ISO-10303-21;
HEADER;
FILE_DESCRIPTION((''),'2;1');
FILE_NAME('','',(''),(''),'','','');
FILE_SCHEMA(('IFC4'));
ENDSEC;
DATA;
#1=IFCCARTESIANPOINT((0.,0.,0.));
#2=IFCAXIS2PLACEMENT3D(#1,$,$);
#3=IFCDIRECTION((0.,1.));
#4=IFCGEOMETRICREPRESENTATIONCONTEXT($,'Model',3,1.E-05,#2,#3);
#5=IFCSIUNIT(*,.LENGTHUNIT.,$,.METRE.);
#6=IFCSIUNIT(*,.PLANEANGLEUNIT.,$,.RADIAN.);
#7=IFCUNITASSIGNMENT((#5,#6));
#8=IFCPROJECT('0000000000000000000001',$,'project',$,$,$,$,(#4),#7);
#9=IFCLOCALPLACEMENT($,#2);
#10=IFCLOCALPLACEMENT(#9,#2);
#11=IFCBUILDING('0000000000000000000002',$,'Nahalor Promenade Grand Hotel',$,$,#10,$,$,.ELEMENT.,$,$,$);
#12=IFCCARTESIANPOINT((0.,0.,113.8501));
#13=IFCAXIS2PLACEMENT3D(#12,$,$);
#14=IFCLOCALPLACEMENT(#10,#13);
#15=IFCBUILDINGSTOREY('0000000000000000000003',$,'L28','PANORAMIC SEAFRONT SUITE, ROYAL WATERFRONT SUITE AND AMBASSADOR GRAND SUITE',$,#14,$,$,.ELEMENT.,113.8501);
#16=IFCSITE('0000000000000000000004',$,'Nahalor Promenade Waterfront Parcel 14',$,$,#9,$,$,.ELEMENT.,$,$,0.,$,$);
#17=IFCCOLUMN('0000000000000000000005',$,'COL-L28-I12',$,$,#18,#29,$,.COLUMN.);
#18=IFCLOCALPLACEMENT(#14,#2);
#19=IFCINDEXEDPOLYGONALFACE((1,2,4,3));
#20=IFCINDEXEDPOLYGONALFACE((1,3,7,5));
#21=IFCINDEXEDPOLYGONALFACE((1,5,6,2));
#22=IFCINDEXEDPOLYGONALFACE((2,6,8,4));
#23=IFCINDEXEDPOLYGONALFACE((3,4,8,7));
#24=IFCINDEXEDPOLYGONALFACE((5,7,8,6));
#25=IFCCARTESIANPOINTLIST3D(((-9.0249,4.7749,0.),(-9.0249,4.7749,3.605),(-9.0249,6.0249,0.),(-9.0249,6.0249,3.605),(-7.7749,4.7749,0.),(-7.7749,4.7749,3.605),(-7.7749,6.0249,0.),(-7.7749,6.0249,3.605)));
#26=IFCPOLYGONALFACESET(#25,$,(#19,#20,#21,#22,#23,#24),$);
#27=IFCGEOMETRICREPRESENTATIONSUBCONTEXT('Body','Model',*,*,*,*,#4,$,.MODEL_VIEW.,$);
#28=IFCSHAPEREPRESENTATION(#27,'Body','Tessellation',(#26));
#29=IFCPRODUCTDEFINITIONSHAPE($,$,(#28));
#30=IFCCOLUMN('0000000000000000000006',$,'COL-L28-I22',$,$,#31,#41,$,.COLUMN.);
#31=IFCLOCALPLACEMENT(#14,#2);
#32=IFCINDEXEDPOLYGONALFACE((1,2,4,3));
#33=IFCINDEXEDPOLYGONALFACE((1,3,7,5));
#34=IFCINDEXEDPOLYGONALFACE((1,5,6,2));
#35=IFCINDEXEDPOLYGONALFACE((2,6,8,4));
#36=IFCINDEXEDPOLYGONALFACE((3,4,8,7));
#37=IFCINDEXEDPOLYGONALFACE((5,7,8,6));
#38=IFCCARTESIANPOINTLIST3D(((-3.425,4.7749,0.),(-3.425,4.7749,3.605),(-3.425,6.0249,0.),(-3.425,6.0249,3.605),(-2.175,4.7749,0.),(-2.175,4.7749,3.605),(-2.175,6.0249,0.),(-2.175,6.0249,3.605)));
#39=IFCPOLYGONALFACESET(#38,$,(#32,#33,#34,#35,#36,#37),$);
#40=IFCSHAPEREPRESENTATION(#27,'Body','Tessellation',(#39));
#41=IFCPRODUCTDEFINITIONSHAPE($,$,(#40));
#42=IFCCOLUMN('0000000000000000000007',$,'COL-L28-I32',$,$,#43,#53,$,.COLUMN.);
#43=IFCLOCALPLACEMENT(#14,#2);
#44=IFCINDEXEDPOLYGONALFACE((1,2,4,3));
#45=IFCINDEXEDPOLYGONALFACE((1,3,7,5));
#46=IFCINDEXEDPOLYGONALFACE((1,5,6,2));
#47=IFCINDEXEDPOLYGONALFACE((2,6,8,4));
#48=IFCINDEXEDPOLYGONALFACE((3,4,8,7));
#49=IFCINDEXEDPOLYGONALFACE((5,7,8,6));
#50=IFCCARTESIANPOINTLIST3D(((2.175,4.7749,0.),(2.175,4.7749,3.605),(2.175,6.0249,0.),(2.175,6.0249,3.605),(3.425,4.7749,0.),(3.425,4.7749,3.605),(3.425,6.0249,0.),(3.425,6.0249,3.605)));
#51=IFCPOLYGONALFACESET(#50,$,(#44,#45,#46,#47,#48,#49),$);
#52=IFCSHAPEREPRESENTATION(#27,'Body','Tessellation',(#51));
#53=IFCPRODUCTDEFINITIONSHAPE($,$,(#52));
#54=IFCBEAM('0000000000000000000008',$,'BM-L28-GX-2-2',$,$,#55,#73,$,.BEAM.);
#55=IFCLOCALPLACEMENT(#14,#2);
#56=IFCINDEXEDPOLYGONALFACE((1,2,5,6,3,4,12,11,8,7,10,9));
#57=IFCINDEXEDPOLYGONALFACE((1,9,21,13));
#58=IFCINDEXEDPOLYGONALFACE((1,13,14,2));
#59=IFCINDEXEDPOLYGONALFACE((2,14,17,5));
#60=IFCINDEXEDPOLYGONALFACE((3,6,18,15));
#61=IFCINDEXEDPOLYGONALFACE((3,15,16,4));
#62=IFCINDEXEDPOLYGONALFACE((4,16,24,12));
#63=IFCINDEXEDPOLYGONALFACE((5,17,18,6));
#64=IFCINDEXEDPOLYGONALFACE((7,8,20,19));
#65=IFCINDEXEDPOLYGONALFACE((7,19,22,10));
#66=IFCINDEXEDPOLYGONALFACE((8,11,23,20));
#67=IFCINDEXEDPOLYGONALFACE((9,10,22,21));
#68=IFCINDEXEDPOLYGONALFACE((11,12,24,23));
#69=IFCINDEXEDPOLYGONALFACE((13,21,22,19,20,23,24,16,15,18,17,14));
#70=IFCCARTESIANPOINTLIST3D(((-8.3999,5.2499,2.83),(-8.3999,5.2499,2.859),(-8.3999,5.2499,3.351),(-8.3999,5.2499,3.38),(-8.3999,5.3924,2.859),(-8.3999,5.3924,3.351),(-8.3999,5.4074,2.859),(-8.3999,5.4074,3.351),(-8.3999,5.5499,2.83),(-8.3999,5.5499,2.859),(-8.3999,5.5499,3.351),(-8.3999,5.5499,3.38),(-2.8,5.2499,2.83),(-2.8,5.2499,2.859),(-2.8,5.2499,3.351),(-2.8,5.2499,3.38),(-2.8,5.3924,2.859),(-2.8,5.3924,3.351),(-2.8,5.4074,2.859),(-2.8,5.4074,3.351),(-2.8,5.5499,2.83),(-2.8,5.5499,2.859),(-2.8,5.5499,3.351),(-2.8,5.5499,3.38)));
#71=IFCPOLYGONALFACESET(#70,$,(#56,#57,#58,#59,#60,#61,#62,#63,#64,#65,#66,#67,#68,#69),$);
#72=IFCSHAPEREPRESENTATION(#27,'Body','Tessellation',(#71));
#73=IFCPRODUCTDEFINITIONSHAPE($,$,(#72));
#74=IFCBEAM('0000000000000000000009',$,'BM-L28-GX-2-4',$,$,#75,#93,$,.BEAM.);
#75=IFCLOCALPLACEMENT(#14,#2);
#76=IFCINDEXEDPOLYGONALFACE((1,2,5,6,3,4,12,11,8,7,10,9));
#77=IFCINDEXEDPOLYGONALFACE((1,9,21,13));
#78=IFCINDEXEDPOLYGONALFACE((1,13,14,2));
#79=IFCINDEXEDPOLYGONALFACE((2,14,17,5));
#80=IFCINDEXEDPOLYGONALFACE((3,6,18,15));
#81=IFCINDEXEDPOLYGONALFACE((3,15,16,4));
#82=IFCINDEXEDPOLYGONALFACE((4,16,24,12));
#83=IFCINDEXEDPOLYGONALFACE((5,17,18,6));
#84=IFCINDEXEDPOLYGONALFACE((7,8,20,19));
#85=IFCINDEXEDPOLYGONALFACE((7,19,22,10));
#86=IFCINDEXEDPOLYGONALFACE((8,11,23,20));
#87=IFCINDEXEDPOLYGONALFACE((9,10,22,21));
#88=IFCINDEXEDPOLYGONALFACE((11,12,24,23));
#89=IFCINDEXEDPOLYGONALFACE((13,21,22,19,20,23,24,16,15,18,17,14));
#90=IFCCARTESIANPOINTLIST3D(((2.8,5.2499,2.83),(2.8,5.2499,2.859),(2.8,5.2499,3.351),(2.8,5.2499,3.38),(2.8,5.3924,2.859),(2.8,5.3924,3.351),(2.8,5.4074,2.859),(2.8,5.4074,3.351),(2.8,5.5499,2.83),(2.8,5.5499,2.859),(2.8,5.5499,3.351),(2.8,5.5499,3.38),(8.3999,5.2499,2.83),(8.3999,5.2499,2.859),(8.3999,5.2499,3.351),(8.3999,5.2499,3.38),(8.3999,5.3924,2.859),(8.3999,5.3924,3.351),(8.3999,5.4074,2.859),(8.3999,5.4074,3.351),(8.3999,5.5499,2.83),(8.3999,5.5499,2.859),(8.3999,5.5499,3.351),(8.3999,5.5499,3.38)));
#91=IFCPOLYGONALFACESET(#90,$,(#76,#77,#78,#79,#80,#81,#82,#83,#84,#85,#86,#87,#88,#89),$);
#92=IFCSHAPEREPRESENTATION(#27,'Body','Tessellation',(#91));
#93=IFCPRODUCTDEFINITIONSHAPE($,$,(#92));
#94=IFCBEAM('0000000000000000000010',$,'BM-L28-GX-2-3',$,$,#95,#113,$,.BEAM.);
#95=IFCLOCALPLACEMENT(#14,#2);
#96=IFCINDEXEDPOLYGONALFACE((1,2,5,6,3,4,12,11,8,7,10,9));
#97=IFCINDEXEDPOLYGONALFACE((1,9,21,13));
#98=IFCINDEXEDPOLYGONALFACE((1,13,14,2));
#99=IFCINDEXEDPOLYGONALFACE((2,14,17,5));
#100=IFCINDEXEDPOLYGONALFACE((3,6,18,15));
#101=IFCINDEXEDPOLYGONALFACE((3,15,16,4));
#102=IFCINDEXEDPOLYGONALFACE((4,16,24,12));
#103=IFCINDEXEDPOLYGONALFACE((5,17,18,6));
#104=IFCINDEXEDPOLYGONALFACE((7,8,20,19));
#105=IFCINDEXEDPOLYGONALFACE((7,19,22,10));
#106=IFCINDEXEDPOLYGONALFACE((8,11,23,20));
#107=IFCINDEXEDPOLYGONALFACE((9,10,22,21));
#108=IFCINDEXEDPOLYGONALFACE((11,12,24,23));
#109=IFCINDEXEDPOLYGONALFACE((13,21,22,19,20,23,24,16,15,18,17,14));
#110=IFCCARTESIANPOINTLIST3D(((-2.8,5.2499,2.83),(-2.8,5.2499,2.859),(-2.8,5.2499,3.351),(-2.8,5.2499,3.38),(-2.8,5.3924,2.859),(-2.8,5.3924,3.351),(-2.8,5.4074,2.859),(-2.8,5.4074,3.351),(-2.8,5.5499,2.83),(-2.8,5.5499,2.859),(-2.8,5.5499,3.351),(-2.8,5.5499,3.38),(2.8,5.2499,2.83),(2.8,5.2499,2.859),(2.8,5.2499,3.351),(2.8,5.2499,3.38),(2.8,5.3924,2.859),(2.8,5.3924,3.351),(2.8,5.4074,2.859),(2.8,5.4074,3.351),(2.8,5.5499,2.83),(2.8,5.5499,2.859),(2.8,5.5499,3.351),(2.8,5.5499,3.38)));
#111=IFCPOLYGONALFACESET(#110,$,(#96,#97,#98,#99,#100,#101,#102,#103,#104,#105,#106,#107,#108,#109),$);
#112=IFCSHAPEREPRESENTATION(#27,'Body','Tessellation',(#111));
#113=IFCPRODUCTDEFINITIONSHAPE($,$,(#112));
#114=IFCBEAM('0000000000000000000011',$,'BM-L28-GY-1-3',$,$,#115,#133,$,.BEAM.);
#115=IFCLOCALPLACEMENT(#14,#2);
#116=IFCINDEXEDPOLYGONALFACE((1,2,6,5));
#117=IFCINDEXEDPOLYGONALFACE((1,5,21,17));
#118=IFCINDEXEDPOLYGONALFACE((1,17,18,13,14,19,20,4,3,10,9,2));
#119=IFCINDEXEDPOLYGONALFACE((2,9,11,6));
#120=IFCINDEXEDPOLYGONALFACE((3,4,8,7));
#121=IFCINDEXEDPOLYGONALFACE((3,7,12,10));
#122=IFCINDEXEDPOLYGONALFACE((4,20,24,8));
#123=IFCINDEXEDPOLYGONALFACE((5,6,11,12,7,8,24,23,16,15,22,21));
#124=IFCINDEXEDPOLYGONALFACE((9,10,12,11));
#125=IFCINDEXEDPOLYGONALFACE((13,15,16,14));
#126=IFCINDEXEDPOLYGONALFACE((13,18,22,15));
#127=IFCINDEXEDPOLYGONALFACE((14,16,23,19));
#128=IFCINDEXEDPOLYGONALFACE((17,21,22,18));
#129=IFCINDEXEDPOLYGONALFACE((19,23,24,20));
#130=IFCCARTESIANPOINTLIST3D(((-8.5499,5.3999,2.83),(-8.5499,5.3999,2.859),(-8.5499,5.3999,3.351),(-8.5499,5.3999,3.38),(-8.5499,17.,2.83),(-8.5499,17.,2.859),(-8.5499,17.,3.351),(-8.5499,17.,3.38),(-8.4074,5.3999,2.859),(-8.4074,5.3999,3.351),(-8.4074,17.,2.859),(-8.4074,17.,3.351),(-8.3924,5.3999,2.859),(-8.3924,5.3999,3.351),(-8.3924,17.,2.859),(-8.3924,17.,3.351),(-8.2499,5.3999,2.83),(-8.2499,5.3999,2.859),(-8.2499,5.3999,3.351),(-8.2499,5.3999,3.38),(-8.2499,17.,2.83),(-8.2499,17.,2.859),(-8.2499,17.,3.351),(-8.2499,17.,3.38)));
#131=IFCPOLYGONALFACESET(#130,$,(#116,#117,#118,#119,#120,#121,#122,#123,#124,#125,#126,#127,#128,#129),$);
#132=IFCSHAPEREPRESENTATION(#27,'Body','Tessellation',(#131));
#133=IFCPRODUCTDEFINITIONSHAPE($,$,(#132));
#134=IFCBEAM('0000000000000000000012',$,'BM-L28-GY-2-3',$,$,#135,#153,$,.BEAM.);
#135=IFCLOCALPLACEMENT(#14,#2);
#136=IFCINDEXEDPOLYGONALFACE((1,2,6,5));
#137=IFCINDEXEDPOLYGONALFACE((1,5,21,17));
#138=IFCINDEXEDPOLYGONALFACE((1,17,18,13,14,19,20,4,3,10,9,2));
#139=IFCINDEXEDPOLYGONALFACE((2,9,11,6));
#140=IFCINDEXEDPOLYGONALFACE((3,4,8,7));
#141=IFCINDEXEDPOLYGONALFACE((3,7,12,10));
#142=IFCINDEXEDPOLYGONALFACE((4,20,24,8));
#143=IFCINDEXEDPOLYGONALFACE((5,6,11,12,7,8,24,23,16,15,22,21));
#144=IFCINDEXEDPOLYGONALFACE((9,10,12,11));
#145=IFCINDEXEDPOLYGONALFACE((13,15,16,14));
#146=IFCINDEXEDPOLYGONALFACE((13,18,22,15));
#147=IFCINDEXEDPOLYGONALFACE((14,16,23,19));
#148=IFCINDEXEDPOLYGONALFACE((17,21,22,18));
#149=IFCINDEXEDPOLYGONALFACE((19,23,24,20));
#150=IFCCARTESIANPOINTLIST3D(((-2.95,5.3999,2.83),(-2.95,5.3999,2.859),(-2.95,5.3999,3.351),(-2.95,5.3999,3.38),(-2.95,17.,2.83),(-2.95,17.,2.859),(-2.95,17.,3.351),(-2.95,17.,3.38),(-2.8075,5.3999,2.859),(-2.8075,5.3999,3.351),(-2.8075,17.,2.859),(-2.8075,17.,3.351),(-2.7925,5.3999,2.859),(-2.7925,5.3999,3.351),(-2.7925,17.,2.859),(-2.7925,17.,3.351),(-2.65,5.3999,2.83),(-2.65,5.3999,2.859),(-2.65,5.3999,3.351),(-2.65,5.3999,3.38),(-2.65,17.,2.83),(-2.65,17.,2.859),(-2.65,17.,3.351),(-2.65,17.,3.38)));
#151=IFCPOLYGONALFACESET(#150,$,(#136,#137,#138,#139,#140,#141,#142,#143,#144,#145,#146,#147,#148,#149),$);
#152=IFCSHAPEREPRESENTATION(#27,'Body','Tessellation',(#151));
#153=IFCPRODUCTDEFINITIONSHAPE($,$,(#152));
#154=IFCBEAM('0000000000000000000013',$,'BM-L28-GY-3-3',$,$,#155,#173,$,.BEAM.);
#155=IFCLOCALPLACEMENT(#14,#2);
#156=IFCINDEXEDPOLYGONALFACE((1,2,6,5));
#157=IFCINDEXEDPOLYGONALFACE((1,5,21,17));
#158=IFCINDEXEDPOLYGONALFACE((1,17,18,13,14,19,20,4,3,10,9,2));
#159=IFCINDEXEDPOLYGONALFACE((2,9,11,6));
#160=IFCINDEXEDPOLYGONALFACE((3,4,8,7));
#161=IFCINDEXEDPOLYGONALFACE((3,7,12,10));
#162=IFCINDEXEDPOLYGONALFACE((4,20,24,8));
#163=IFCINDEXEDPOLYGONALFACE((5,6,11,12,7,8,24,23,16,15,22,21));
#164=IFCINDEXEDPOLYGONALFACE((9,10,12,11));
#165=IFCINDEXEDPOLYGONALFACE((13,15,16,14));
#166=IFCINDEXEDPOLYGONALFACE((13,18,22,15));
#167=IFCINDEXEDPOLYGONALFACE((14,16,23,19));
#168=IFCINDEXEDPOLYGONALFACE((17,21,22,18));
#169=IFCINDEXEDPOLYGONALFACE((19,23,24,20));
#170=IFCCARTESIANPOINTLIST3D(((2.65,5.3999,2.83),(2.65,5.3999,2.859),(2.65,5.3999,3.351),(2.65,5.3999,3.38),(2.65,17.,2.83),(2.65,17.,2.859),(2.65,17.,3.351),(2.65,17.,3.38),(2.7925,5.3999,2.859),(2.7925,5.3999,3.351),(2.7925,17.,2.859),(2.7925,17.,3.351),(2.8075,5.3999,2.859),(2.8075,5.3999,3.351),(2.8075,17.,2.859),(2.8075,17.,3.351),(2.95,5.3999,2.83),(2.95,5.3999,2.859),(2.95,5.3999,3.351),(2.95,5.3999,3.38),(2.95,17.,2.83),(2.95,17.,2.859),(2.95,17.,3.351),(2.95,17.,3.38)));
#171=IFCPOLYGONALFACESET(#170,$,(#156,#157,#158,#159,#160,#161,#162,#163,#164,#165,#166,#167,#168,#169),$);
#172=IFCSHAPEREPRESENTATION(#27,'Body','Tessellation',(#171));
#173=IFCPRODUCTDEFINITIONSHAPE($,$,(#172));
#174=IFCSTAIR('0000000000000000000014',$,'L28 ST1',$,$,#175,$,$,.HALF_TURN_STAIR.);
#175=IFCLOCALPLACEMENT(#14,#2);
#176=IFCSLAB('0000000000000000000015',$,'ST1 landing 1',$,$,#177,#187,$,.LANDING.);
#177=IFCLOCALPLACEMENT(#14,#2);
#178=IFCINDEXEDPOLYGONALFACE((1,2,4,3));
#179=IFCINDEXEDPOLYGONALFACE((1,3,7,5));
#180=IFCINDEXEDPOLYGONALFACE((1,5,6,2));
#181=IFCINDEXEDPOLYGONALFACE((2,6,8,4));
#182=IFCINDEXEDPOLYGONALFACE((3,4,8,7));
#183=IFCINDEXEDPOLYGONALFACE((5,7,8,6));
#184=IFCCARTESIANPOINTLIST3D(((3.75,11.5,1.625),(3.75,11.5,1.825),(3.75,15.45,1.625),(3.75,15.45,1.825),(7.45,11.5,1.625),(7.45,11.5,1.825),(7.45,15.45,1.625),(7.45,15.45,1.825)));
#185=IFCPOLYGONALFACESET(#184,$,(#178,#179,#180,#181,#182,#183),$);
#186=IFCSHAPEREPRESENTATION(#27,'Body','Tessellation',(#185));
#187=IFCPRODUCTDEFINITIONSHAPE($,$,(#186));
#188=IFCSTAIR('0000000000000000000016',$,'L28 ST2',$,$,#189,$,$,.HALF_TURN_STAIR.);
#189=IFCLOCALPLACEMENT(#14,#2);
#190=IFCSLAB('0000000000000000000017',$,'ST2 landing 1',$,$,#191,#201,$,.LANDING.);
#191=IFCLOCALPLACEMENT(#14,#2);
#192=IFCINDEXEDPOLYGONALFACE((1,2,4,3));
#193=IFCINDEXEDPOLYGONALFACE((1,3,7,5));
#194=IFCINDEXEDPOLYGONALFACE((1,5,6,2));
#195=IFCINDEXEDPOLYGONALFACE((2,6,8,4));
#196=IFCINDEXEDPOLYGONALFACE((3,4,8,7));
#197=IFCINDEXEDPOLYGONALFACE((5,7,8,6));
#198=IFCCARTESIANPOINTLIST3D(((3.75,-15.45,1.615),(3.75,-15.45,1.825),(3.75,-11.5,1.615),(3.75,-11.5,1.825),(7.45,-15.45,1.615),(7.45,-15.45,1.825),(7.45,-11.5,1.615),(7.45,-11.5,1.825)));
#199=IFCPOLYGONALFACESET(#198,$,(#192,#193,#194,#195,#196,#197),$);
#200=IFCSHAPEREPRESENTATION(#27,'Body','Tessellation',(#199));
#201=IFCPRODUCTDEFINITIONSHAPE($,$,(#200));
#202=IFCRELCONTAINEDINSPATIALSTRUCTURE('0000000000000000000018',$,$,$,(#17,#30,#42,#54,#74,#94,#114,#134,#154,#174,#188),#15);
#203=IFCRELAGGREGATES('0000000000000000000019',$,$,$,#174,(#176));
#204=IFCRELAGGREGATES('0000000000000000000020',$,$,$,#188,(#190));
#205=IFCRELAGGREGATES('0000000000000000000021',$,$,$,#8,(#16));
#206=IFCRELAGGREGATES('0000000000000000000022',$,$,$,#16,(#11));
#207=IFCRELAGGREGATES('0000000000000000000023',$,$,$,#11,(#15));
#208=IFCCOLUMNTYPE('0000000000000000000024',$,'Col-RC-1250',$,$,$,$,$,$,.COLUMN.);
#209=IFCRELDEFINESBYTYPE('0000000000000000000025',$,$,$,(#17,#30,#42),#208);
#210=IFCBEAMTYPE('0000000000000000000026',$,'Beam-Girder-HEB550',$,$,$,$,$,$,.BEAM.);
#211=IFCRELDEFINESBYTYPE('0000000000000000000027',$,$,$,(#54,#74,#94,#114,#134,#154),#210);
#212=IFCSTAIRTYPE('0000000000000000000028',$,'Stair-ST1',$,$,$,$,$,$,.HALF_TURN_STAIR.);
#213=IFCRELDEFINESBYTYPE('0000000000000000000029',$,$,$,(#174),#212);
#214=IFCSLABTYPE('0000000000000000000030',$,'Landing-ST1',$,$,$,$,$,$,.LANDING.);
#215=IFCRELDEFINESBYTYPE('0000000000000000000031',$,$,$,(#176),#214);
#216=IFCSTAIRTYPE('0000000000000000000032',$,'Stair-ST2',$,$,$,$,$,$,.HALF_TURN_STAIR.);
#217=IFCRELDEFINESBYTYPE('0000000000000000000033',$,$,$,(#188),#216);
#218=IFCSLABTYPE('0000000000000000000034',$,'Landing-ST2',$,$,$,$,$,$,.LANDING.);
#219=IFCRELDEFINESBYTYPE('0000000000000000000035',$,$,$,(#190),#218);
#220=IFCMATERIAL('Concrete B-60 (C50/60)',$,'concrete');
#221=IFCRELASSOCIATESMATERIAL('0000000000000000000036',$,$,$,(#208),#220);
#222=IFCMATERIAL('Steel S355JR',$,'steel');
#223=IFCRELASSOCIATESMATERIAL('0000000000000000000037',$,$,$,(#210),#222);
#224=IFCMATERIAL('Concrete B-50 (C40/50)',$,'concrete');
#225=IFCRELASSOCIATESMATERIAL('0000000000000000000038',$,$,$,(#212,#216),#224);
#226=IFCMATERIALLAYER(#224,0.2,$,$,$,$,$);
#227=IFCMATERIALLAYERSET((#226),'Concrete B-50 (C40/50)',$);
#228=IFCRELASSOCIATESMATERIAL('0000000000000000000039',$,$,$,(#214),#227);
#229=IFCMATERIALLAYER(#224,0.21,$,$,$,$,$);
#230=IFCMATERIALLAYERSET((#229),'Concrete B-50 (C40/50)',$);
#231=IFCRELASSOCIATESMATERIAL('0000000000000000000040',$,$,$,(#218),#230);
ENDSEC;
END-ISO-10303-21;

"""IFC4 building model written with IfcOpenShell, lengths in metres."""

from ifc_helpers import new_model, si_unit, direction, frame, origin, origin_2d, place, context, subcontext, project, spatial, polyline, rectangle, i_section, outline, extrude, source, transform, mapped, material, layer, layer_set, material_profile, profile_set, type_object, element, aggregate, save


model = new_model("IFC4")

# Units and contexts
model_context = context("Model", 3, precision=1e-05, world=origin(), true_north=direction((0.0, 1.0)))
body_context = subcontext(model_context, "Body", "Model", "MODEL_VIEW")
ifc_project = project(units=[si_unit("LENGTHUNIT", "METRE"), si_unit("PLANEANGLEUNIT", "RADIAN")], contexts=[model_context])

# Site, building, storey
site_placement = place(None, origin())
site = spatial("IfcSite", under=ifc_project, at=site_placement, Name="Nahalor Promenade Waterfront Parcel 14", CompositionType="ELEMENT", RefElevation=0.0)
building_placement = place(site_placement, origin())
building = spatial("IfcBuilding", under=site, at=building_placement, Name="Nahalor Promenade Grand Hotel", CompositionType="ELEMENT")
storey_placement = place(building_placement, frame((0.0, 0.0, 113.8501)))
storey = spatial("IfcBuildingStorey", under=building, at=storey_placement, Name="L28", Description="PANORAMIC SEAFRONT SUITE, ROYAL WATERFRONT SUITE AND AMBASSADOR GRAND SUITE", CompositionType="ELEMENT", Elevation=113.8501)

# Columns
ifc_material_1 = material(Name="Concrete B-60 (C50/60)", Category="concrete")
ifc_material_profile_1 = material_profile(ifc_material_1, rectangle(XDim=1.25, YDim=1.25, at=origin_2d()), Name="RC 1250x1250")
ifc_profile_set_1 = profile_set([ifc_material_profile_1], Name="Concrete B-60 (C50/60)")
column_type = type_object("IfcColumnType", Name="Col-RC-1250", PredefinedType="COLUMN", material=ifc_profile_set_1)
shared_shape_1 = source(origin(), body_context, "Body", "SweptSolid", [
    extrude(rectangle(XDim=1.25, YDim=1.25, at=origin_2d()), origin(), (0.0, 0.0, 1.0), 3.605),
])
for number, where, z_axis, x_axis, name in (
    (1, (-8.3999, 5.3999, 0.0), (0.0, 0.0, 1.0), (1.0, 0.0, 0.0), "COL-L28-I12"),
    (2, (-2.8, 5.3999, 0.0), (0.0, 0.0, 1.0), (1.0, 0.0, 0.0), "COL-L28-I22"),
    (3, (2.8, 5.3999, 0.0), (0.0, 0.0, 1.0), (1.0, 0.0, 0.0), "COL-L28-I32"),
):
    element("IfcColumn", number, at=place(storey_placement, frame(where, z_axis=z_axis, x_axis=x_axis)), inside=storey, type_object=column_type, Name=name, PredefinedType="COLUMN", context=body_context, shape_type="MappedRepresentation", body=[
        mapped(shared_shape_1, transform((0.0, 0.0, 0.0), scale=1.0)),
    ])

# Beams
ifc_material_2 = material(Name="Steel S355JR", Category="steel")
ifc_material_profile_2 = material_profile(ifc_material_2, i_section(OverallWidth=0.3, OverallDepth=0.55, WebThickness=0.015, FlangeThickness=0.029, at=origin_2d()), Name="HEB 550")
ifc_profile_set_2 = profile_set([ifc_material_profile_2], Name="Steel S355JR")
beam_type = type_object("IfcBeamType", Name="Beam-Girder-HEB550", PredefinedType="BEAM", material=ifc_profile_set_2)
shared_shape_2 = source(origin(), body_context, "Body", "SweptSolid", [
    extrude(i_section(OverallWidth=0.3, OverallDepth=0.55, WebThickness=0.015, FlangeThickness=0.029, at=origin_2d()), origin(), (0.0, 0.0, 1.0), 5.5999),
])
for number, where, z_axis, x_axis, name in (
    (4, (-8.3999, 5.3999, 3.105), (1.0, 0.0, 0.0), (0.0, 1.0, 0.0), "BM-L28-GX-2-2"),
    (5, (2.8, 5.3999, 3.105), (1.0, 0.0, 0.0), (0.0, 1.0, 0.0), "BM-L28-GX-2-4"),
):
    element("IfcBeam", number, at=place(storey_placement, frame(where, z_axis=z_axis, x_axis=x_axis)), inside=storey, type_object=beam_type, Name=name, PredefinedType="BEAM", context=body_context, shape_type="MappedRepresentation", body=[
        mapped(shared_shape_2, transform((0.0, 0.0, 0.0), scale=1.0)),
    ])
shared_shape_3 = source(origin(), body_context, "Body", "SweptSolid", [
    extrude(i_section(OverallWidth=0.3, OverallDepth=0.55, WebThickness=0.015, FlangeThickness=0.029, at=origin_2d()), origin(), (0.0, 0.0, 1.0), 5.6001),
])
beam_placement = place(storey_placement, frame((-2.8, 5.3999, 3.105), z_axis=(1.0, 0.0, 0.0), x_axis=(0.0, 1.0, 0.0)))
element("IfcBeam", 6, at=beam_placement, inside=storey, type_object=beam_type, Name="BM-L28-GX-2-3", PredefinedType="BEAM", context=body_context, shape_type="MappedRepresentation", body=[
    mapped(shared_shape_3, transform((0.0, 0.0, 0.0), scale=1.0)),
])
shared_shape_4 = source(origin(), body_context, "Body", "SweptSolid", [
    extrude(i_section(OverallWidth=0.3, OverallDepth=0.55, WebThickness=0.015, FlangeThickness=0.029, at=origin_2d()), origin(), (0.0, 0.0, 1.0), 11.6001),
])
for number, where, z_axis, x_axis, name in (
    (7, (-8.3999, 5.3999, 3.105), (0.0, 1.0, 0.0), (-1.0, 0.0, 0.0), "BM-L28-GY-1-3"),
    (8, (-2.8, 5.3999, 3.105), (0.0, 1.0, 0.0), (-1.0, 0.0, 0.0), "BM-L28-GY-2-3"),
    (9, (2.8, 5.3999, 3.105), (0.0, 1.0, 0.0), (-1.0, 0.0, 0.0), "BM-L28-GY-3-3"),
):
    element("IfcBeam", number, at=place(storey_placement, frame(where, z_axis=z_axis, x_axis=x_axis)), inside=storey, type_object=beam_type, Name=name, PredefinedType="BEAM", context=body_context, shape_type="MappedRepresentation", body=[
        mapped(shared_shape_4, transform((0.0, 0.0, 0.0), scale=1.0)),
    ])

# Stairs, slabs
ifc_material_3 = material(Name="Concrete B-50 (C40/50)", Category="concrete")
stair_type_1 = type_object("IfcStairType", Name="Stair-ST1", PredefinedType="HALF_TURN_STAIR", material=ifc_material_3)
stair_1_placement = place(storey_placement, origin())
stair_1 = element("IfcStair", 10, at=stair_1_placement, inside=storey, type_object=stair_type_1, Name="L28 ST1", PredefinedType="HALF_TURN_STAIR")
ifc_layer_1 = layer(ifc_material_3, 0.2)
ifc_layer_set_1 = layer_set([ifc_layer_1], Name="Concrete B-50 (C40/50)")
slab_type_1 = type_object("IfcSlabType", Name="Landing-ST1", PredefinedType="LANDING", material=ifc_layer_set_1)
slab_1_placement = place(storey_placement, frame((0.0, 0.0, 1.625)))
slab_1 = element("IfcSlab", 11, at=slab_1_placement, type_object=slab_type_1, Name="ST1 landing 1", PredefinedType="LANDING", context=body_context, shape_type="SweptSolid", body=[
    extrude(outline(polyline([(7.45, 11.5), (7.45, 15.45), (3.75, 15.45), (3.75, 11.5), (7.45, 11.5)])), origin(), (0.0, 0.0, 1.0), 0.2),
])
aggregate(stair_1, [slab_1])
stair_type_2 = type_object("IfcStairType", Name="Stair-ST2", PredefinedType="HALF_TURN_STAIR", material=ifc_material_3)
stair_2_placement = place(storey_placement, origin())
stair_2 = element("IfcStair", 12, at=stair_2_placement, inside=storey, type_object=stair_type_2, Name="L28 ST2", PredefinedType="HALF_TURN_STAIR")
ifc_layer_2 = layer(ifc_material_3, 0.21)
ifc_layer_set_2 = layer_set([ifc_layer_2], Name="Concrete B-50 (C40/50)")
slab_type_2 = type_object("IfcSlabType", Name="Landing-ST2", PredefinedType="LANDING", material=ifc_layer_set_2)
slab_2_placement = place(storey_placement, frame((0.0, 0.0, 1.615)))
slab_2 = element("IfcSlab", 13, at=slab_2_placement, type_object=slab_type_2, Name="ST2 landing 1", PredefinedType="LANDING", context=body_context, shape_type="SweptSolid", body=[
    extrude(outline(polyline([(3.75, -11.5), (3.75, -15.45), (7.45, -15.45), (7.45, -11.5), (3.75, -11.5)])), origin(), (0.0, 0.0, 1.0), 0.21),
])
aggregate(stair_2, [slab_2])

save(model, "model.ifc")
